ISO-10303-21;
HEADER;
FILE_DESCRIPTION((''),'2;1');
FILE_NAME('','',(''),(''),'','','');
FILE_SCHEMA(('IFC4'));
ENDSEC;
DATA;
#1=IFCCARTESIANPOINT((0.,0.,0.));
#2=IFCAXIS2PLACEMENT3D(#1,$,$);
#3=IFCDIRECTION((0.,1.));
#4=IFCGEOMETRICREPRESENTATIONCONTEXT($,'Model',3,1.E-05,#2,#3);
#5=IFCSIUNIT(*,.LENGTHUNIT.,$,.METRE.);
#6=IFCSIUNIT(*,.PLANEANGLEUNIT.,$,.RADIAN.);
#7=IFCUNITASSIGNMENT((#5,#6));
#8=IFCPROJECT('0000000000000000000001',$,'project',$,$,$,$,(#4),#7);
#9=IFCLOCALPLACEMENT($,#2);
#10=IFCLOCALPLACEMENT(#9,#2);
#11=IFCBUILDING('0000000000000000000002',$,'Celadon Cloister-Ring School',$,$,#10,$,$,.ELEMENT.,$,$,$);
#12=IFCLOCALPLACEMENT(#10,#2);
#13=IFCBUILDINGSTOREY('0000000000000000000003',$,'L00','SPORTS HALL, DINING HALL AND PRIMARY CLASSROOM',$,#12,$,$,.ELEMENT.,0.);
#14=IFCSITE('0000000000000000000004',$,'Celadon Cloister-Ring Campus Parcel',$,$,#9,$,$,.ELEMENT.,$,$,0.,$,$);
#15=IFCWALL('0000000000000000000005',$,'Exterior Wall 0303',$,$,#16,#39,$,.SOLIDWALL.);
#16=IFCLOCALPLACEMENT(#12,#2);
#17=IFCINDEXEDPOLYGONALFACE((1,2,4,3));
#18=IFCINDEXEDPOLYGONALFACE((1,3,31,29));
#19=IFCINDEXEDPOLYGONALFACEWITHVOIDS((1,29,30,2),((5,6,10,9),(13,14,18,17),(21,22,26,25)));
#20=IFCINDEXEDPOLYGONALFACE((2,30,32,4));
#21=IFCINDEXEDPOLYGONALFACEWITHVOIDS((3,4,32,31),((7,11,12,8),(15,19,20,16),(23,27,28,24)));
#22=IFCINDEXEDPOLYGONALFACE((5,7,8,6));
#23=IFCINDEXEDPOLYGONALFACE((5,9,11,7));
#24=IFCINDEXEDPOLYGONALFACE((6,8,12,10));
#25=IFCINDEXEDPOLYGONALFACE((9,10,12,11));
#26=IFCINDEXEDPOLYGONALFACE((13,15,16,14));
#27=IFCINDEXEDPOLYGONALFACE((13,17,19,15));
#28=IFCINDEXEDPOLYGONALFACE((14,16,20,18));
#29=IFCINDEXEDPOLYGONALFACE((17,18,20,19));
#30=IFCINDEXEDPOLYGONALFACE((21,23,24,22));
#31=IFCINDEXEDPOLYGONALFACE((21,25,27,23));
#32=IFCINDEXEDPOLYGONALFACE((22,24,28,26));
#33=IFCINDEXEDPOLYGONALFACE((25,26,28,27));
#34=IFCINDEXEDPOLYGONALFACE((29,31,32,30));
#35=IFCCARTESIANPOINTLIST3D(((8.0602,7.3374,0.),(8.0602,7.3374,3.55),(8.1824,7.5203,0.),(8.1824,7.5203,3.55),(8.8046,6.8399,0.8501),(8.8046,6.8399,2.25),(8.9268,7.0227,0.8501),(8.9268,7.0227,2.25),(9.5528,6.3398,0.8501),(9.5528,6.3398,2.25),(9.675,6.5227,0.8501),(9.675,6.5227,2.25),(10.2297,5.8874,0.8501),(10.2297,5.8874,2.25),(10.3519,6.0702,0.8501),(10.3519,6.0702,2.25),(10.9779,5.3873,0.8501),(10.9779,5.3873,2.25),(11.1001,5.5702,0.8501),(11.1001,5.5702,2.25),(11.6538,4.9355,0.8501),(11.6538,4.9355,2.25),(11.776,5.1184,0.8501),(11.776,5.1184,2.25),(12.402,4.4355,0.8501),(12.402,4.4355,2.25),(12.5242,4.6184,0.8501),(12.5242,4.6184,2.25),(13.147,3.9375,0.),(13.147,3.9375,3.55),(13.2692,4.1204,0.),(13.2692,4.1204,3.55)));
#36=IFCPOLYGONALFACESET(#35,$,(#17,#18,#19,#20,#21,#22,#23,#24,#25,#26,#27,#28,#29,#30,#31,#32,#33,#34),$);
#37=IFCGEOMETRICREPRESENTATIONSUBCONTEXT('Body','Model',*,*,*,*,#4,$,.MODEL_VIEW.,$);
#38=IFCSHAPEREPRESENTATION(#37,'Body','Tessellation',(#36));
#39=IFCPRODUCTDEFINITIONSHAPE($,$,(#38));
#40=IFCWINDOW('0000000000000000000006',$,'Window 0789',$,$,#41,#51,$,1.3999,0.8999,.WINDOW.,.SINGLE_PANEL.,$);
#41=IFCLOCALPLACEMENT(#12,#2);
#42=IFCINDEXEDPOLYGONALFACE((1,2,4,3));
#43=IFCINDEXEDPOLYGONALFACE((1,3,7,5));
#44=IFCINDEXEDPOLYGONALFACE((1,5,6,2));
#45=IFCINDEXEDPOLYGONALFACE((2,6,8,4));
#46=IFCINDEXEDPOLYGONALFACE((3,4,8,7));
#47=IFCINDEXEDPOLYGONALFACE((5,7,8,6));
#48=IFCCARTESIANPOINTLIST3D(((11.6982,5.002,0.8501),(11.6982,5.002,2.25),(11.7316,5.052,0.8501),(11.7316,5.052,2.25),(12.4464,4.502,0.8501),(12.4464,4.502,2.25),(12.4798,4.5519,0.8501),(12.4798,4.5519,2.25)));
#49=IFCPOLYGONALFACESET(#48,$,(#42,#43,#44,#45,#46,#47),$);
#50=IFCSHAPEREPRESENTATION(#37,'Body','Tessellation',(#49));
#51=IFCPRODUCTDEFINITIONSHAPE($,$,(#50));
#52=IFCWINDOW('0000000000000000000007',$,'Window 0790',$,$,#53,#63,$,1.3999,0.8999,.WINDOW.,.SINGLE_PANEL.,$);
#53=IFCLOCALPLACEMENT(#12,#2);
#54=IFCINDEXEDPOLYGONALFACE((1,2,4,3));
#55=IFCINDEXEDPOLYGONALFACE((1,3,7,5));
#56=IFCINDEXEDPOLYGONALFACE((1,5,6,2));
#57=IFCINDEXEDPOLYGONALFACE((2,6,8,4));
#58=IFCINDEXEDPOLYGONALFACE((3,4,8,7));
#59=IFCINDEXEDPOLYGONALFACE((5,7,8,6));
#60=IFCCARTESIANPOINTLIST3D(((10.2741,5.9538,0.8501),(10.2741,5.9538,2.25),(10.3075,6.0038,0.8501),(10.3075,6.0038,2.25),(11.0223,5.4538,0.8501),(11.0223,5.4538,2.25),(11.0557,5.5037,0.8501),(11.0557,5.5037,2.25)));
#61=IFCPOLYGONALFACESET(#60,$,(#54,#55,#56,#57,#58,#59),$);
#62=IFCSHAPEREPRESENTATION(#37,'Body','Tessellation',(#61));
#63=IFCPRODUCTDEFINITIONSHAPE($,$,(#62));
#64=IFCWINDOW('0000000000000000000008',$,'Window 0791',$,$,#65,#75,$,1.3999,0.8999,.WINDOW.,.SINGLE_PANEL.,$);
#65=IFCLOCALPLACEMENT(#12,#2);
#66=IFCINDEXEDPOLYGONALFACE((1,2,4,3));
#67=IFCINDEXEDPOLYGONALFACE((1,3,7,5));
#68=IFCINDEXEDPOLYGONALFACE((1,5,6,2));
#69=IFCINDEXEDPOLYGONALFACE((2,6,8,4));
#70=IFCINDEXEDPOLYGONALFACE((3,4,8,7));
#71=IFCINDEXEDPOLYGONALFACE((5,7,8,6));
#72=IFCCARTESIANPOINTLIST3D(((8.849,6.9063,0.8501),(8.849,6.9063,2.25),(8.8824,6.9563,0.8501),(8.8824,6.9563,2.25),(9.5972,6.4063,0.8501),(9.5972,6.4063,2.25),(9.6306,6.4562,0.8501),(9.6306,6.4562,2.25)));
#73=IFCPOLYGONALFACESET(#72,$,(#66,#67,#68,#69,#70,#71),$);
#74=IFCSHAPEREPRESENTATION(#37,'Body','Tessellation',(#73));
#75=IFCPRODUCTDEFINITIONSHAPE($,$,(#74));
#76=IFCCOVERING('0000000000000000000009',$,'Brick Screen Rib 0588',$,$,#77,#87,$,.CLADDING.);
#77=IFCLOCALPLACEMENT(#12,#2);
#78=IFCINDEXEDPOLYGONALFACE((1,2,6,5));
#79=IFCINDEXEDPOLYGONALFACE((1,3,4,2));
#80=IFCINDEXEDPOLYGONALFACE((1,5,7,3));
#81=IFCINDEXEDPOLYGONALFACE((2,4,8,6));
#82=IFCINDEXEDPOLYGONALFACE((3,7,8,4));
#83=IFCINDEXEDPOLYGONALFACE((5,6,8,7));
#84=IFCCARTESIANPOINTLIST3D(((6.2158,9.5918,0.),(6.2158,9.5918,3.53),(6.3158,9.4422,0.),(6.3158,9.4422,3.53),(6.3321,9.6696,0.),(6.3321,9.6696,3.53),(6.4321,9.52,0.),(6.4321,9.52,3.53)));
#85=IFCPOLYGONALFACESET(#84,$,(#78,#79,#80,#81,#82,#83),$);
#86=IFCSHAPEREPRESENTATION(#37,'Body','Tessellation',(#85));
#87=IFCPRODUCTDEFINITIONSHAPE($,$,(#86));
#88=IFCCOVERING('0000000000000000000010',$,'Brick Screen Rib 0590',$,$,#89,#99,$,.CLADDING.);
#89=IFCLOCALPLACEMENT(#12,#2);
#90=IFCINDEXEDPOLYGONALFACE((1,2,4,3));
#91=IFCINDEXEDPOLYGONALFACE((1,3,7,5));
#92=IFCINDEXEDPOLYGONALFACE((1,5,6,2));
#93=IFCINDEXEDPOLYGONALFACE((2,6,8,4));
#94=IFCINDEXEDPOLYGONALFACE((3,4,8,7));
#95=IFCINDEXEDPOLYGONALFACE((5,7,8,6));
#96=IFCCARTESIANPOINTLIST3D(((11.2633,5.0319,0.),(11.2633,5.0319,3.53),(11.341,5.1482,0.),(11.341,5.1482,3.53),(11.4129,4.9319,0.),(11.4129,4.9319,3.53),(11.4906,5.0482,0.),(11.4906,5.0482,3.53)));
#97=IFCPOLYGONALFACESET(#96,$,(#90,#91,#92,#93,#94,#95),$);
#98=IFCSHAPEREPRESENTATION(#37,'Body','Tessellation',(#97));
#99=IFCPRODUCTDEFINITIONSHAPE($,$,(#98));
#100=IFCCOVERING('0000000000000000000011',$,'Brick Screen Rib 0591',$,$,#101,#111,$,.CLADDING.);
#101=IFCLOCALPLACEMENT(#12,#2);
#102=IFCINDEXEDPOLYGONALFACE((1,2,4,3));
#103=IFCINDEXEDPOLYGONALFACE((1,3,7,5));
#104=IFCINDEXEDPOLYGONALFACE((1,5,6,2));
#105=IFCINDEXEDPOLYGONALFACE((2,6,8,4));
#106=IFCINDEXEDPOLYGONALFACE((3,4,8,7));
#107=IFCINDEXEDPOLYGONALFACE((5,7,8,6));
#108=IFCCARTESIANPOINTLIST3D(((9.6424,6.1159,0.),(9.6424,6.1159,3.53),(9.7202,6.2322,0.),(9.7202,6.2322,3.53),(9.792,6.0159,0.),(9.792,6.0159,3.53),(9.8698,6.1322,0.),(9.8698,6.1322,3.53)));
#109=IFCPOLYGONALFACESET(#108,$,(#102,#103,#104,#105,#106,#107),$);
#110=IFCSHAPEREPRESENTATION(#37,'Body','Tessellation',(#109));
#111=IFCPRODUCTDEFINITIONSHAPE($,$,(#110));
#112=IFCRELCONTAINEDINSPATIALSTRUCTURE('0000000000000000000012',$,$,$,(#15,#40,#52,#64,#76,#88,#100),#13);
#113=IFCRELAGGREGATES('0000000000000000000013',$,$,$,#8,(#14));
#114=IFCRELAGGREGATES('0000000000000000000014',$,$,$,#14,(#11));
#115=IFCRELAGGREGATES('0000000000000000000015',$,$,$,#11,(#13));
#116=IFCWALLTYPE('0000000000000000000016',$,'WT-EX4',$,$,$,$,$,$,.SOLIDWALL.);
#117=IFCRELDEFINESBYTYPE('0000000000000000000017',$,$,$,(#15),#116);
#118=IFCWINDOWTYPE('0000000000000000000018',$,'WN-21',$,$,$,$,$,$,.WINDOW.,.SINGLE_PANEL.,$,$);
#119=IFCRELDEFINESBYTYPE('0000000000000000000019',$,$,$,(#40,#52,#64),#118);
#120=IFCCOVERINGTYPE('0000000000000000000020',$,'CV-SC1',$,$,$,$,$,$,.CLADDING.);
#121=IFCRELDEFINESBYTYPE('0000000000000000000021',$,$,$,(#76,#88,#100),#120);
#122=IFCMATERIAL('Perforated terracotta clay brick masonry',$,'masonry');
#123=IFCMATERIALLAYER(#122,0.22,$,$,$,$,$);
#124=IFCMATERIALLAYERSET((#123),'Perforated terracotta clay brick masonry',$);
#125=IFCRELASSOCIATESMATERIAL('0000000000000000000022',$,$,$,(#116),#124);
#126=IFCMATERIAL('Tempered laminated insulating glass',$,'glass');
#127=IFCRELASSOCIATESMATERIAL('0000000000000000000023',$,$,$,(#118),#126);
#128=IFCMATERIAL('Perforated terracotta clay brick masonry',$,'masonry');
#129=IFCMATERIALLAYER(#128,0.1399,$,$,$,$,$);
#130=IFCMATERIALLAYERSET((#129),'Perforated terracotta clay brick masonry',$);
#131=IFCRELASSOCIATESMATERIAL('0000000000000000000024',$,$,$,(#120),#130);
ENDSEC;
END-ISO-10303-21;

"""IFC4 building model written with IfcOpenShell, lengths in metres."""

from ifc_helpers import new_model, si_unit, direction, frame, frame_2d, origin, origin_2d, place, context, subcontext, project, spatial, rectangle, extrude, material, layer, layer_set, type_object, element, fill, save


model = new_model("IFC4")

# Units and contexts
model_context = context("Model", 3, precision=1e-05, world=origin(), true_north=direction((0.0, 1.0)))
body_context = subcontext(model_context, "Body", "Model", "MODEL_VIEW")
ifc_project = project(units=[si_unit("LENGTHUNIT", "METRE"), si_unit("PLANEANGLEUNIT", "RADIAN")], contexts=[model_context])

# Site, building, storey
site_placement = place(None, origin())
site = spatial("IfcSite", under=ifc_project, at=site_placement, Name="Celadon Cloister-Ring Campus Parcel", CompositionType="ELEMENT", RefElevation=0.0)
building_placement = place(site_placement, origin())
building = spatial("IfcBuilding", under=site, at=building_placement, Name="Celadon Cloister-Ring School", CompositionType="ELEMENT")
storey_placement = place(building_placement, origin())
storey = spatial("IfcBuildingStorey", under=building, at=storey_placement, Name="L00", Description="SPORTS HALL, DINING HALL AND PRIMARY CLASSROOM", CompositionType="ELEMENT", Elevation=0.0)

# Wall, openings, windows
ifc_material_1 = material(Name="Perforated terracotta clay brick masonry", Category="masonry")
ifc_layer_1 = layer(ifc_material_1, 0.22)
ifc_layer_set_1 = layer_set([ifc_layer_1], Name="Perforated terracotta clay brick masonry")
wall_type = type_object("IfcWallType", Name="WT-EX4", PredefinedType="SOLIDWALL", material=ifc_layer_set_1)
ifc_material_2 = material(Name="Tempered laminated insulating glass", Category="glass")
window_type = type_object("IfcWindowType", Name="WN-21", PartitioningType="SINGLE_PANEL", PredefinedType="WINDOW", material=ifc_material_2)
wall_1_placement = place(storey_placement, frame((13.208, 4.0291, 0.0), z_axis=(0.0, 0.0, 1.0), x_axis=(-0.831399, 0.555676, 0.0)))
wall_1 = element("IfcWall", 1, at=wall_1_placement, inside=storey, type_object=wall_type, Name="Exterior Wall 0303", PredefinedType="SOLIDWALL", context=body_context, shape_type="SweptSolid", body=[
    extrude(rectangle(XDim=6.1184, YDim=0.22, at=frame_2d((3.0591, 0.0))), origin(), (0.0, 0.0, 1.0), 3.55),
])
opening_1_placement = place(wall_1_placement, frame((0.896, 0.0, 0.8501)))
opening_1 = element("IfcOpeningElement", 2, at=opening_1_placement, cuts=wall_1, PredefinedType="OPENING", context=body_context, shape_type="SweptSolid", body=[
    extrude(rectangle(XDim=0.8999, YDim=1.3999, at=frame_2d((0.45, 0.7))), frame((0.0, 0.1201, 0.0), z_axis=(0.0, -1.0, 0.0), x_axis=(1.0, 0.0, 0.0)), (0.0, 0.0, 1.0), 0.24),
])
opening_2_placement = place(wall_1_placement, frame((2.6089, 0.0, 0.8501)))
opening_2 = element("IfcOpeningElement", 3, at=opening_2_placement, cuts=wall_1, PredefinedType="OPENING", context=body_context, shape_type="SweptSolid", body=[
    extrude(rectangle(XDim=0.8999, YDim=1.3999, at=frame_2d((0.45, 0.7))), frame((0.0, 0.1201, 0.0), z_axis=(0.0, -1.0, 0.0), x_axis=(1.0, 0.0, 0.0)), (0.0, 0.0, 1.0), 0.24),
])
opening_3_placement = place(wall_1_placement, frame((4.323, 0.0, 0.8501)))
opening_3 = element("IfcOpeningElement", 4, at=opening_3_placement, cuts=wall_1, PredefinedType="OPENING", context=body_context, shape_type="SweptSolid", body=[
    extrude(rectangle(XDim=0.8999, YDim=1.3999, at=frame_2d((0.45, 0.7))), frame((0.0, 0.1201, 0.0), z_axis=(0.0, -1.0, 0.0), x_axis=(1.0, 0.0, 0.0)), (0.0, 0.0, 1.0), 0.24),
])
window_1_placement = place(opening_1_placement, origin())
window_1 = element("IfcWindow", 5, at=window_1_placement, inside=storey, type_object=window_type, Name="Window 0789", OverallHeight=1.3999, OverallWidth=0.8999, PartitioningType="SINGLE_PANEL", PredefinedType="WINDOW", context=body_context, shape_type="SweptSolid", body=[
    extrude(rectangle(XDim=0.8999, YDim=1.3999, at=frame_2d((0.45, 0.7))), frame((0.0, 0.03, 0.0), z_axis=(0.0, -1.0, 0.0), x_axis=(1.0, 0.0, 0.0)), (0.0, 0.0, 1.0), 0.0601),
])
fill(opening_1, window_1)
window_2_placement = place(opening_2_placement, origin())
window_2 = element("IfcWindow", 6, at=window_2_placement, inside=storey, type_object=window_type, Name="Window 0790", OverallHeight=1.3999, OverallWidth=0.8999, PartitioningType="SINGLE_PANEL", PredefinedType="WINDOW", context=body_context, shape_type="SweptSolid", body=[
    extrude(rectangle(XDim=0.8999, YDim=1.3999, at=frame_2d((0.45, 0.7))), frame((0.0, 0.03, 0.0), z_axis=(0.0, -1.0, 0.0), x_axis=(1.0, 0.0, 0.0)), (0.0, 0.0, 1.0), 0.0601),
])
fill(opening_2, window_2)
window_3_placement = place(opening_3_placement, origin())
window_3 = element("IfcWindow", 7, at=window_3_placement, inside=storey, type_object=window_type, Name="Window 0791", OverallHeight=1.3999, OverallWidth=0.8999, PartitioningType="SINGLE_PANEL", PredefinedType="WINDOW", context=body_context, shape_type="SweptSolid", body=[
    extrude(rectangle(XDim=0.8999, YDim=1.3999, at=frame_2d((0.45, 0.7))), frame((0.0, 0.03, 0.0), z_axis=(0.0, -1.0, 0.0), x_axis=(1.0, 0.0, 0.0)), (0.0, 0.0, 1.0), 0.0601),
])
fill(opening_3, window_3)

# Coverings
ifc_material_3 = material(Name="Perforated terracotta clay brick masonry", Category="masonry")
ifc_layer_2 = layer(ifc_material_3, 0.1399)
ifc_layer_set_2 = layer_set([ifc_layer_2], Name="Perforated terracotta clay brick masonry")
covering_type = type_object("IfcCoveringType", Name="CV-SC1", PredefinedType="CLADDING", material=ifc_layer_set_2)
for number, where, z_axis, x_axis, name in (
    (8, (6.324, 9.5559, 0.0), (0.0, 0.0, 1.0), (-0.555686, 0.831392, 0.0), "Brick Screen Rib 0588"),
    (9, (11.377, 5.04, 0.0), (0.0, 0.0, 1.0), (-0.831392, 0.555686, 0.0), "Brick Screen Rib 0590"),
    (10, (9.7561, 6.124, 0.0), (0.0, 0.0, 1.0), (-0.831392, 0.555686, 0.0), "Brick Screen Rib 0591"),
):
    element("IfcCovering", number, at=place(storey_placement, frame(where, z_axis=z_axis, x_axis=x_axis)), inside=storey, type_object=covering_type, Name=name, PredefinedType="CLADDING", context=body_context, shape_type="SweptSolid", body=[
        extrude(rectangle(XDim=0.1799, YDim=0.1399, at=origin_2d()), origin(), (0.0, 0.0, 1.0), 3.53),
    ])

save(model, "model.ifc")
